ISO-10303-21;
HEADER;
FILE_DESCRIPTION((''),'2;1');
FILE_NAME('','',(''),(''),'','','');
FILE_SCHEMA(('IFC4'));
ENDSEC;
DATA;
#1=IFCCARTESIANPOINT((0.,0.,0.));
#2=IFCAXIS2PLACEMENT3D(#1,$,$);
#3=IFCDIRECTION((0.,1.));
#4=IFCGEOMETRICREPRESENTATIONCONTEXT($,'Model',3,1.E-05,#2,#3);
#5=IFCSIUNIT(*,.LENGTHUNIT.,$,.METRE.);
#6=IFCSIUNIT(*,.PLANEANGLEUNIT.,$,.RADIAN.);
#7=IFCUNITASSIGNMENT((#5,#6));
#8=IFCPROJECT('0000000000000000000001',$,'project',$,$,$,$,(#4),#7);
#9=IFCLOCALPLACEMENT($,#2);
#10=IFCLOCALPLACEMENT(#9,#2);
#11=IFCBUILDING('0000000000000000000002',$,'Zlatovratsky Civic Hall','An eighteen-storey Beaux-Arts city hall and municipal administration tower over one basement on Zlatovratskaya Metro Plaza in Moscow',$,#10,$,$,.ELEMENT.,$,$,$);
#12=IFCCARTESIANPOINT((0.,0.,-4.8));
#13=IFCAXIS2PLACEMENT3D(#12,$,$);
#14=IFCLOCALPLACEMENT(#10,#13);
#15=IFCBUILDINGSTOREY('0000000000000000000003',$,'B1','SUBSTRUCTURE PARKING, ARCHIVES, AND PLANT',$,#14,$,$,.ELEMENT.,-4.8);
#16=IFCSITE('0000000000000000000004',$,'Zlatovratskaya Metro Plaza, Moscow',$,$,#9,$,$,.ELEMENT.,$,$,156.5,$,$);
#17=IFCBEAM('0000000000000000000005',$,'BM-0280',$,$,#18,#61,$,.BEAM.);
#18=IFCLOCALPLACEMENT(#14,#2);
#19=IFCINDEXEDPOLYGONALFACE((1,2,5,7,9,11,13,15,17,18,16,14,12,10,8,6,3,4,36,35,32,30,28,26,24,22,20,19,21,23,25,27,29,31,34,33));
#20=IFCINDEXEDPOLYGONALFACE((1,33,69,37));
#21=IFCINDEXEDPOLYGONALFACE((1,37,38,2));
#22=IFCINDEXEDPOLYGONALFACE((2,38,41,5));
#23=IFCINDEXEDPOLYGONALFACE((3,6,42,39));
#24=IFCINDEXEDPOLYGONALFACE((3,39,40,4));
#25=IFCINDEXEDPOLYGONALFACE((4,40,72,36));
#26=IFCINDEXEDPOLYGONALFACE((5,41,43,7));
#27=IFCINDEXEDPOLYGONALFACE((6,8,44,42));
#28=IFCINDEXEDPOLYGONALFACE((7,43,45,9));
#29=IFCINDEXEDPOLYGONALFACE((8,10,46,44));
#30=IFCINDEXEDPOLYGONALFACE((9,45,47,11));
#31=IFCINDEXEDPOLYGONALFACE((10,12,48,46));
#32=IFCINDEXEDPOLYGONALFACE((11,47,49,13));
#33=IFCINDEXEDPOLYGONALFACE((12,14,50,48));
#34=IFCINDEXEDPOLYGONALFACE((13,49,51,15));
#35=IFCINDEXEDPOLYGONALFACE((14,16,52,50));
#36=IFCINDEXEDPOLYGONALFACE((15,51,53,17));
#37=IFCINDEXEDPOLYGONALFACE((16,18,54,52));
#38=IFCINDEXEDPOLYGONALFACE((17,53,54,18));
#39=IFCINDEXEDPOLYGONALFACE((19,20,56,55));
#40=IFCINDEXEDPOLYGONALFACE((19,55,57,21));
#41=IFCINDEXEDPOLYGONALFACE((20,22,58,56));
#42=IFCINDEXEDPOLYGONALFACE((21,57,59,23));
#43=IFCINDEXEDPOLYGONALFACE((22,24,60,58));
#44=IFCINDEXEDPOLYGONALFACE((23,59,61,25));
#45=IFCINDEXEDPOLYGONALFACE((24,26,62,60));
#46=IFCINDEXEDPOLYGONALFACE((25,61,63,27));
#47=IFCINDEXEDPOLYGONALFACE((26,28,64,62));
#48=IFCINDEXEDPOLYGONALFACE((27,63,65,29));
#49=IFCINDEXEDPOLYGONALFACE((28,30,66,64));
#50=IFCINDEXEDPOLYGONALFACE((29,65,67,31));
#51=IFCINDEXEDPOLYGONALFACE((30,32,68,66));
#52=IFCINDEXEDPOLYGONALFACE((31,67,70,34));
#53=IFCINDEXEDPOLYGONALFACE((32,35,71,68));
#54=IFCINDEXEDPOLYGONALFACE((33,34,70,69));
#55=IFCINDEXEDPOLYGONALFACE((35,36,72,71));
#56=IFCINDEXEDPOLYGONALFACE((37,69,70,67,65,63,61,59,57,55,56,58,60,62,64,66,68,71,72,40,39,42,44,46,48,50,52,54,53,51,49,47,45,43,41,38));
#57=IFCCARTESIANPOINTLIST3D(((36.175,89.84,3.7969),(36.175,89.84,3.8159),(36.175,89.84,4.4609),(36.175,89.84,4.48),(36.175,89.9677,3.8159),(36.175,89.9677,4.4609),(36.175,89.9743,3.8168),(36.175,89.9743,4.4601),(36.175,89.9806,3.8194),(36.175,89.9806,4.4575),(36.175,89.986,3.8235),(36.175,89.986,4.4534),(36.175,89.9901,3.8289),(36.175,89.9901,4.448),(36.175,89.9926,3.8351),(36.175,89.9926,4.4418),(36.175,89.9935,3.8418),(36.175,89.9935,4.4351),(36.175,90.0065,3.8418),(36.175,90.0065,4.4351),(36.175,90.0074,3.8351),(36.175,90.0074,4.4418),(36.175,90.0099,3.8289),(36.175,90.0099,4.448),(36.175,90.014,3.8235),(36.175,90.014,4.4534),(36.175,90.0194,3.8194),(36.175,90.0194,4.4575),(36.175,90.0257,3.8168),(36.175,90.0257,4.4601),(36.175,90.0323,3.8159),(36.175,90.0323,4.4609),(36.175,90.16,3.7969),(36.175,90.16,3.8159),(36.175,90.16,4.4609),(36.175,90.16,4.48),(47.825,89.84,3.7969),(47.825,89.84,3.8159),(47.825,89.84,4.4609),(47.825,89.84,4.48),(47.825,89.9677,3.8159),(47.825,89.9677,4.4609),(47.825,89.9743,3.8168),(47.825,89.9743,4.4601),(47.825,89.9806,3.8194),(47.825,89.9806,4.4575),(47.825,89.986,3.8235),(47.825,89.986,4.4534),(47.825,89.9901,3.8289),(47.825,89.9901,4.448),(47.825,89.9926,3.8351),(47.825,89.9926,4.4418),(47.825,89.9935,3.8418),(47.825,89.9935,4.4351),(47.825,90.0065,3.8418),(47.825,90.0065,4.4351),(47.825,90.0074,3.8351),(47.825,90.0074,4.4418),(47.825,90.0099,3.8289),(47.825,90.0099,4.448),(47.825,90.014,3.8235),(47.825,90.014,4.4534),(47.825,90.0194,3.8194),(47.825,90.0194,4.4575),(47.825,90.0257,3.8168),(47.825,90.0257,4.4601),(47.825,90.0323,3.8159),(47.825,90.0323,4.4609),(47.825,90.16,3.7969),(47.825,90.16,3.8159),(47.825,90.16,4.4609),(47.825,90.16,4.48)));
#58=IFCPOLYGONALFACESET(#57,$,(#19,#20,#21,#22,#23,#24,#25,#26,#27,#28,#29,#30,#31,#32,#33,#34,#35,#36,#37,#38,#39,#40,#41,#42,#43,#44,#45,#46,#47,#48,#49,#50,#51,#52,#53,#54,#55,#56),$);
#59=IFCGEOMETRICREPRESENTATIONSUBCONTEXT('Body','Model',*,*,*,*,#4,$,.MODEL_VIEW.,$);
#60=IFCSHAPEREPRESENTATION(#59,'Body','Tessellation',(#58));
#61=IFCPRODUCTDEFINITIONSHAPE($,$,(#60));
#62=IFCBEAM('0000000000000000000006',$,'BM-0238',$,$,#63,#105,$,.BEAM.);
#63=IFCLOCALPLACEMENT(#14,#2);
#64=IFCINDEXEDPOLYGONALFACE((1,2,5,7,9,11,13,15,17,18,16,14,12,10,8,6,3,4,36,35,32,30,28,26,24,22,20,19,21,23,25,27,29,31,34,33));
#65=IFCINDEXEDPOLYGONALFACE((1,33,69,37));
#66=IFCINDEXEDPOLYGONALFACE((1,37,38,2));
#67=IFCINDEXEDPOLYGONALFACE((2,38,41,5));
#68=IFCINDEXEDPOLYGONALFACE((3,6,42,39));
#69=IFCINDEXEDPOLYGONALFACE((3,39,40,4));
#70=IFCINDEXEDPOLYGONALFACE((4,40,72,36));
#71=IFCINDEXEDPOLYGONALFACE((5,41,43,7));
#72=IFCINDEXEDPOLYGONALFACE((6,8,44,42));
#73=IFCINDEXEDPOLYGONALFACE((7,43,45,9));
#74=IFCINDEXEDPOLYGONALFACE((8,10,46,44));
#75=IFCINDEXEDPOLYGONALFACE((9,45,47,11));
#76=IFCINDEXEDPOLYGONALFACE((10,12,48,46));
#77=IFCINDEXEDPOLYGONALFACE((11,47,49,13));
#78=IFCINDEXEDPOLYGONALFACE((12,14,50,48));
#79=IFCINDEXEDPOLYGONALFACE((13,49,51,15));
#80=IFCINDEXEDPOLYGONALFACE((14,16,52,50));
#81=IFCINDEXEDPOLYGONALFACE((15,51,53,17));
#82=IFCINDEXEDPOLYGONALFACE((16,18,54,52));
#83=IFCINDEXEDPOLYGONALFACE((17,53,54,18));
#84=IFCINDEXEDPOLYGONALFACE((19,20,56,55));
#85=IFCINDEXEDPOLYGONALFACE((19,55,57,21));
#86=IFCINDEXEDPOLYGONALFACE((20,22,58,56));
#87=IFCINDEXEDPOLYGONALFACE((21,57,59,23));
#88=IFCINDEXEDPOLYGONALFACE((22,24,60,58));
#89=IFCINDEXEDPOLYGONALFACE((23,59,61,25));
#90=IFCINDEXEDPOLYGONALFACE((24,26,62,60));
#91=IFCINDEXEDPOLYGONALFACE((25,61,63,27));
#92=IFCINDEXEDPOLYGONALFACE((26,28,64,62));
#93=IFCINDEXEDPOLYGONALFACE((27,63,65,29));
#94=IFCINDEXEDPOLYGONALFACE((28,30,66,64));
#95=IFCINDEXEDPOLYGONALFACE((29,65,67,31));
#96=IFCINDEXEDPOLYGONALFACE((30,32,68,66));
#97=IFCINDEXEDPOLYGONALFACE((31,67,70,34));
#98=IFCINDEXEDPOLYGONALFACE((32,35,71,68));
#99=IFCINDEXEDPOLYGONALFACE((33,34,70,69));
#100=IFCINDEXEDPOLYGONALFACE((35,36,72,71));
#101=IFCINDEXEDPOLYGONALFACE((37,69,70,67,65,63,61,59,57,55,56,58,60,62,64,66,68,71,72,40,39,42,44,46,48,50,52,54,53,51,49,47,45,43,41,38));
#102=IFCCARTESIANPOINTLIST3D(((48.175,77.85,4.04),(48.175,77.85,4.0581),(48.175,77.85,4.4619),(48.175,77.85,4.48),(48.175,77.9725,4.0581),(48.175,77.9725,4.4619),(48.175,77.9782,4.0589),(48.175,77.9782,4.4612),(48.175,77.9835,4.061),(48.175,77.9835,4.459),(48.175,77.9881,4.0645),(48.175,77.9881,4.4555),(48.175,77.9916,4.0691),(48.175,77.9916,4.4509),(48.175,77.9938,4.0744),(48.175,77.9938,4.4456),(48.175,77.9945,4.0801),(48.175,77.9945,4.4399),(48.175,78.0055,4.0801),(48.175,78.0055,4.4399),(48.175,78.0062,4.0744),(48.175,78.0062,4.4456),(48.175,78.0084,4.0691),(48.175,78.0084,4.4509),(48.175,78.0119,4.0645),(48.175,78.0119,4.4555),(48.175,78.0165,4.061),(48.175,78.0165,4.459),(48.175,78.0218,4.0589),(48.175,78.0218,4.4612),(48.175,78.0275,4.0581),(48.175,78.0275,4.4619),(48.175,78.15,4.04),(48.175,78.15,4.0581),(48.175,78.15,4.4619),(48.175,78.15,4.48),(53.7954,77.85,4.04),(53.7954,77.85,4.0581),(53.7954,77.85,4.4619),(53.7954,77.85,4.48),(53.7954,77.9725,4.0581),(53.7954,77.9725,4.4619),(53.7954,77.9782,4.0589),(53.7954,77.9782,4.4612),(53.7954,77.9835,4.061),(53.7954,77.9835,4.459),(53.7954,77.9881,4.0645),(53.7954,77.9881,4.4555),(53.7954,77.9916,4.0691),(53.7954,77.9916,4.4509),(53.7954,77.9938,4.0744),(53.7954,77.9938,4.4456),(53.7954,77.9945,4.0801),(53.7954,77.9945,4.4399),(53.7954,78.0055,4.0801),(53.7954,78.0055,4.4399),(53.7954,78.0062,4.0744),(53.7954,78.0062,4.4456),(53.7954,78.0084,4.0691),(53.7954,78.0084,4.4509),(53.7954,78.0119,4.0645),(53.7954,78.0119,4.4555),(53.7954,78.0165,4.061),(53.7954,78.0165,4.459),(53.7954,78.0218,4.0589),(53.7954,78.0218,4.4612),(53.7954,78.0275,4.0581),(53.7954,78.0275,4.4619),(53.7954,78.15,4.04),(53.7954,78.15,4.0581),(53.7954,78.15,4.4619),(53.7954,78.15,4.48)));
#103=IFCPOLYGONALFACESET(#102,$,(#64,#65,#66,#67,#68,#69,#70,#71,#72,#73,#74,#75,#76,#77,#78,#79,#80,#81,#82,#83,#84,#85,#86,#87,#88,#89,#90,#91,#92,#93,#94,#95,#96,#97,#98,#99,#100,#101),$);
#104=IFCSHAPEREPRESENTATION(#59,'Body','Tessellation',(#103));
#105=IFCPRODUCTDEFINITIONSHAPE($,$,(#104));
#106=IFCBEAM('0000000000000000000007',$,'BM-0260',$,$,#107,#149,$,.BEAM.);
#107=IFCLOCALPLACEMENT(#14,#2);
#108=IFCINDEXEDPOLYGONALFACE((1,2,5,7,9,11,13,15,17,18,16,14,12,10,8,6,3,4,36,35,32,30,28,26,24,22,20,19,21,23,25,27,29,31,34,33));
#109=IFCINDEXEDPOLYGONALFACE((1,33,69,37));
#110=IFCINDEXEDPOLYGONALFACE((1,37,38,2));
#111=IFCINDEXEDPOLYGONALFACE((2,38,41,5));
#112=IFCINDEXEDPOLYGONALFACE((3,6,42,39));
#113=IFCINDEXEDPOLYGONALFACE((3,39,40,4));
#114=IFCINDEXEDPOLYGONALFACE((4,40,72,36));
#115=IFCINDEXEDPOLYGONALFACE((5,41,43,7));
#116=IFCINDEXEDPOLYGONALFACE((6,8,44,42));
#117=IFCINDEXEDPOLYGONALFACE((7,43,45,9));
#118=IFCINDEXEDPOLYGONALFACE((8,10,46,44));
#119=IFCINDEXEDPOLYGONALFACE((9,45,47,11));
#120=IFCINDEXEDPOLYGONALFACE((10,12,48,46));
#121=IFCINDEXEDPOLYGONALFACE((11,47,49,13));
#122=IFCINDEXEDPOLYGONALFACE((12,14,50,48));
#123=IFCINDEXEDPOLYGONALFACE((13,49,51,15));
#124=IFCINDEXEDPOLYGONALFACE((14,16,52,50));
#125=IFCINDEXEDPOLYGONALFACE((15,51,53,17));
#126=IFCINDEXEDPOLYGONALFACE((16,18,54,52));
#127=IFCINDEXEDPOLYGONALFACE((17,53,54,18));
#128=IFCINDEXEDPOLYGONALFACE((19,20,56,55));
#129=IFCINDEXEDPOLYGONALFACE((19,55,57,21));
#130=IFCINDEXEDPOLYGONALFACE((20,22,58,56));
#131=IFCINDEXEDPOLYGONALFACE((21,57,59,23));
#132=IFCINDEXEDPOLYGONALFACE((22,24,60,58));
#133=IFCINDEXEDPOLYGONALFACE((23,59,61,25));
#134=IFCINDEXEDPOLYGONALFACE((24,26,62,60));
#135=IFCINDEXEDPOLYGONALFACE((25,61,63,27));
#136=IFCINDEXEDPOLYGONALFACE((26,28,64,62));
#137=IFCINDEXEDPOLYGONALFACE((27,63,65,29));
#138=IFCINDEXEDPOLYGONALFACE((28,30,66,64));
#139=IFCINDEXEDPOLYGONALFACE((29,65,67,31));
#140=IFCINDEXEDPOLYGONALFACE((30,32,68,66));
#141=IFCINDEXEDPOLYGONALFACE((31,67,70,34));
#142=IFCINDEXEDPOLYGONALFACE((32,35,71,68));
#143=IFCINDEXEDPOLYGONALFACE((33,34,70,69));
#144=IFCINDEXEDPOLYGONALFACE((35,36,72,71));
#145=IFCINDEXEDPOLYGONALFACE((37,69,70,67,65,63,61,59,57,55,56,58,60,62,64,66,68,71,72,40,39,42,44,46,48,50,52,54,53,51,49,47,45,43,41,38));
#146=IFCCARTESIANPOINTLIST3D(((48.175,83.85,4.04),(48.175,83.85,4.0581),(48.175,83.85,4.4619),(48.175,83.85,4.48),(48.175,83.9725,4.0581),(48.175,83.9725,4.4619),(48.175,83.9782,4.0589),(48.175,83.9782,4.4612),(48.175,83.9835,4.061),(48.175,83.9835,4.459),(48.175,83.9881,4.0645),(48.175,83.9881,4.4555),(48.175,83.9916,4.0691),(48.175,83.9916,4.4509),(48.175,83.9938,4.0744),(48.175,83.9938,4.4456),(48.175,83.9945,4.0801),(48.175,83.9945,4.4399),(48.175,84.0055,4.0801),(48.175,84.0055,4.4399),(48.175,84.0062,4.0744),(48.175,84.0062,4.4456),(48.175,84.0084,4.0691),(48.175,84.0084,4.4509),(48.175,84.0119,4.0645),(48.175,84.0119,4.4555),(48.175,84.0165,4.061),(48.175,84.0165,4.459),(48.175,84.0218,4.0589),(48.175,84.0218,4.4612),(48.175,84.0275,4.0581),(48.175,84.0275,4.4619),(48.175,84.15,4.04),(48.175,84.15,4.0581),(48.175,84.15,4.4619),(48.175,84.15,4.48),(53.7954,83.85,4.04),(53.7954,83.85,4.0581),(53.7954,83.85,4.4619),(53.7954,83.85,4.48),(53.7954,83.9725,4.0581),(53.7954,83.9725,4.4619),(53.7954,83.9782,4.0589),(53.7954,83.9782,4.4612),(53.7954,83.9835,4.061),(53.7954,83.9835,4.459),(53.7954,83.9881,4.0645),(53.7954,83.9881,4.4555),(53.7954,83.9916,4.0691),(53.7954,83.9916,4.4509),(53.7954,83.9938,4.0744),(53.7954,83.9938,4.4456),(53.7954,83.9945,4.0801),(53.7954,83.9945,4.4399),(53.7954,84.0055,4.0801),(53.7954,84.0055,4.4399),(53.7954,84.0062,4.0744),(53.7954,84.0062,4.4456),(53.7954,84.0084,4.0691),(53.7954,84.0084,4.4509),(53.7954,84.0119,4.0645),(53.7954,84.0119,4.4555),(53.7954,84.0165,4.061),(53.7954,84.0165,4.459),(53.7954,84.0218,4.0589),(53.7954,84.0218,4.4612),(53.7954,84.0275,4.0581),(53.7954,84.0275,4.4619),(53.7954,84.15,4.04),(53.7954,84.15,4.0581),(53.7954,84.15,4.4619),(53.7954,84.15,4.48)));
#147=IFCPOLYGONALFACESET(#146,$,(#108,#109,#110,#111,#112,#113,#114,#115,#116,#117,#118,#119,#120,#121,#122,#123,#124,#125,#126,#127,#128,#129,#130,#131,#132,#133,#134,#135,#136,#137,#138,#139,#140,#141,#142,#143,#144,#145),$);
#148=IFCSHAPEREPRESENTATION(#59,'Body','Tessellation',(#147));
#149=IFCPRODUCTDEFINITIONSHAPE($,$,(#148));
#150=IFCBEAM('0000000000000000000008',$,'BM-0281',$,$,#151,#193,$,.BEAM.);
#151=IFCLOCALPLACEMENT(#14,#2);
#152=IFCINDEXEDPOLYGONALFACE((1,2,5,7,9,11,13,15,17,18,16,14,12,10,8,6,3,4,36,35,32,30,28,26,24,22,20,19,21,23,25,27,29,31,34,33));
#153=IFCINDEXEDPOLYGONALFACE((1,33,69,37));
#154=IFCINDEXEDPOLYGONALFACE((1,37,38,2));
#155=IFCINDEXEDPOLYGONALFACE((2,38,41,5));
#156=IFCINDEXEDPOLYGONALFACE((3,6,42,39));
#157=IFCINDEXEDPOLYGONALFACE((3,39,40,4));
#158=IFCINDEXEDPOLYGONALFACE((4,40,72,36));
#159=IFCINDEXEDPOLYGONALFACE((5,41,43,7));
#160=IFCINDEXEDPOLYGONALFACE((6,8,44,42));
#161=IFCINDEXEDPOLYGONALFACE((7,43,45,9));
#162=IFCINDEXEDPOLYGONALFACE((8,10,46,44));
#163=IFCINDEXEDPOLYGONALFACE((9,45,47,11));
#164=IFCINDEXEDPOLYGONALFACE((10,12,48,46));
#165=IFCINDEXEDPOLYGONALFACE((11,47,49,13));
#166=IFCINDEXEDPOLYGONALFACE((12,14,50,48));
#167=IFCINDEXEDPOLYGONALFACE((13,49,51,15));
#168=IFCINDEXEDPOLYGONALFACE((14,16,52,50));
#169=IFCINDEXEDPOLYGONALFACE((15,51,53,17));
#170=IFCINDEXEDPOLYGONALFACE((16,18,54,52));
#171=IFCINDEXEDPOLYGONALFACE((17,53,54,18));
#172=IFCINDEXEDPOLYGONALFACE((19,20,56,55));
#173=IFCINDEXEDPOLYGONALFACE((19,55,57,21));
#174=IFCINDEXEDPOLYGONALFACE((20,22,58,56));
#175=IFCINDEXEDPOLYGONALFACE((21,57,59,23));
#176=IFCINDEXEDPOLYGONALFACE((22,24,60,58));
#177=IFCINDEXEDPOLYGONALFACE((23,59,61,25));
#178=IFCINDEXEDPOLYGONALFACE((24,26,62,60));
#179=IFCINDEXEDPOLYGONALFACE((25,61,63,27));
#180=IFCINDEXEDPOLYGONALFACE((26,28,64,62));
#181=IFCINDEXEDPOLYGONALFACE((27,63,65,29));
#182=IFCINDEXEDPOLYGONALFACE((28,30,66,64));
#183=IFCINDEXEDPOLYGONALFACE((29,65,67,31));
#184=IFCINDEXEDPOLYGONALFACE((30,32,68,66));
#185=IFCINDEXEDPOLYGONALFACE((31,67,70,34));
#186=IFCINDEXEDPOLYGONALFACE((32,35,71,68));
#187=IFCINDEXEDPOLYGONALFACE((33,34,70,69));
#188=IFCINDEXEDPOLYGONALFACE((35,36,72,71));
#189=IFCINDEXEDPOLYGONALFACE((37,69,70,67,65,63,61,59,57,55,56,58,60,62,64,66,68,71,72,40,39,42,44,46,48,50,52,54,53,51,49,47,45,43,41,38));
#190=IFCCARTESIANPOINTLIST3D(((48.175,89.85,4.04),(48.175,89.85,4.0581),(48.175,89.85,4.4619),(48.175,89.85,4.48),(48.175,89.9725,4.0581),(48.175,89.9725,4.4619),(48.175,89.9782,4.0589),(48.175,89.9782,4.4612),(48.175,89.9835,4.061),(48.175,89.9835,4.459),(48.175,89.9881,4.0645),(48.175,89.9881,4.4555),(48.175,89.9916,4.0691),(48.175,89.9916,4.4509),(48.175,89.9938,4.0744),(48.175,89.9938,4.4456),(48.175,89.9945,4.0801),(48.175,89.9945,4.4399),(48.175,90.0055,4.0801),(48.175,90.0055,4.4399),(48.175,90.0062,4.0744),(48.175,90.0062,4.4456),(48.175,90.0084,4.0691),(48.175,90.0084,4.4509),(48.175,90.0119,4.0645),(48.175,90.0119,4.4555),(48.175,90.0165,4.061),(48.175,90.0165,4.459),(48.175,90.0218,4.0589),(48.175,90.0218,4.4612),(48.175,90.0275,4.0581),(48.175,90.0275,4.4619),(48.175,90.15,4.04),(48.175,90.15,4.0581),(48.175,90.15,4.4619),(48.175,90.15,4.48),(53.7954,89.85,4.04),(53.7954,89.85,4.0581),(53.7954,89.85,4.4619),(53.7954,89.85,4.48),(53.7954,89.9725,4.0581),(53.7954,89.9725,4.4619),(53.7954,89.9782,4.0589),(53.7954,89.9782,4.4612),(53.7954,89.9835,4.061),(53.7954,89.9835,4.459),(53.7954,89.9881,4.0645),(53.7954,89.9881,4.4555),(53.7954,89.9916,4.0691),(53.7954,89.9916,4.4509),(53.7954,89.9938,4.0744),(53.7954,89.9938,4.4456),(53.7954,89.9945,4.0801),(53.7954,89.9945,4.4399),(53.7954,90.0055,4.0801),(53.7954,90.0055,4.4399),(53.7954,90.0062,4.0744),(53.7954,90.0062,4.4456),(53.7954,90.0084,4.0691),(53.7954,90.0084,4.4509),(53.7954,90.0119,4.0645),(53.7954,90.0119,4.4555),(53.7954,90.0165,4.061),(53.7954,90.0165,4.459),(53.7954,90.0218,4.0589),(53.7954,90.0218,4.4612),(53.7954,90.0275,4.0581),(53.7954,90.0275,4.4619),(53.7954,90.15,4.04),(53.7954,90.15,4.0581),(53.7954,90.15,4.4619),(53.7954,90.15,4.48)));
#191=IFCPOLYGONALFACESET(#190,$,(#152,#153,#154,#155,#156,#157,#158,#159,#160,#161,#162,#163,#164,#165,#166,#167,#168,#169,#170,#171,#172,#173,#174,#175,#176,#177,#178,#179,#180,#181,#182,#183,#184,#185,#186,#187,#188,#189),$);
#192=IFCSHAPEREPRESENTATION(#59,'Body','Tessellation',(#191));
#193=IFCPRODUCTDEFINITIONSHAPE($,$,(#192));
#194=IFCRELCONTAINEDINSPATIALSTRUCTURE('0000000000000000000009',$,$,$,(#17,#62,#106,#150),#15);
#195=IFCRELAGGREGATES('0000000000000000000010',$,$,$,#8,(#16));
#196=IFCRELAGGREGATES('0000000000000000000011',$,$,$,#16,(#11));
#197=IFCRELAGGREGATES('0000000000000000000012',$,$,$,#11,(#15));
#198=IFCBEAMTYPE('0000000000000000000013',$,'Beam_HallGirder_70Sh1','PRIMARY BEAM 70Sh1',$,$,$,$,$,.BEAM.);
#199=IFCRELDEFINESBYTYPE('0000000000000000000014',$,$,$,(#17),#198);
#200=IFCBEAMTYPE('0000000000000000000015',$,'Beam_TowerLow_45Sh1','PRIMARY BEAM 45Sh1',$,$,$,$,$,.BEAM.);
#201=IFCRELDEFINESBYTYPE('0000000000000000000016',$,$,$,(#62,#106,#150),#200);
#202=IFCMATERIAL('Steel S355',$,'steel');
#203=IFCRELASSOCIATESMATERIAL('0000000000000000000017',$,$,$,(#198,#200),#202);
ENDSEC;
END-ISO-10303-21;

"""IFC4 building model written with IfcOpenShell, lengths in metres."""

from ifc_helpers import new_model, si_unit, direction, frame, origin, origin_2d, place, context, subcontext, project, spatial, i_section, extrude, material, material_profile, profile_set, type_object, element, save


model = new_model("IFC4")

# Units and contexts
model_context = context("Model", 3, precision=1e-05, world=origin(), true_north=direction((0.0, 1.0)))
body_context = subcontext(model_context, "Body", "Model", "MODEL_VIEW")
ifc_project = project(units=[si_unit("LENGTHUNIT", "METRE"), si_unit("PLANEANGLEUNIT", "RADIAN")], contexts=[model_context])

# Site, building, storey
site_placement = place(None, origin())
site = spatial("IfcSite", under=ifc_project, at=site_placement, Name="Zlatovratskaya Metro Plaza, Moscow", CompositionType="ELEMENT", RefElevation=156.5)
building_placement = place(site_placement, origin())
building = spatial("IfcBuilding", under=site, at=building_placement, Name="Zlatovratsky Civic Hall", Description="An eighteen-storey Beaux-Arts city hall and municipal administration tower over one basement on Zlatovratskaya Metro Plaza in Moscow", CompositionType="ELEMENT")
storey_placement = place(building_placement, frame((0.0, 0.0, -4.8)))
storey = spatial("IfcBuildingStorey", under=building, at=storey_placement, Name="B1", Description="SUBSTRUCTURE PARKING, ARCHIVES, AND PLANT", CompositionType="ELEMENT", Elevation=-4.8)

# Shared definitions
ifc_material_1 = material(Name="Steel S355", Category="steel")

# Beams
ifc_material_profile_1 = material_profile(ifc_material_1, i_section(OverallWidth=0.3201, OverallDepth=0.6831, WebThickness=0.0129, FlangeThickness=0.019, FilletRadius=0.0259, at=origin_2d()), Name="70Sh1")
ifc_profile_set_1 = profile_set([ifc_material_profile_1], Name="Steel S355")
beam_type_1 = type_object("IfcBeamType", Name="Beam_HallGirder_70Sh1", Description="PRIMARY BEAM 70Sh1", PredefinedType="BEAM", material=ifc_profile_set_1)
for number, where, z_axis, x_axis, name in (
    (1, (36.175, 90.0, 4.1384), (1.0, 0.0, 0.0), (0.0, 1.0, 0.0), "BM-0280"),
):
    element("IfcBeam", number, at=place(storey_placement, frame(where, z_axis=z_axis, x_axis=x_axis)), inside=storey, type_object=beam_type_1, Name=name, PredefinedType="BEAM", context=body_context, shape_type="SweptSolid", body=[
        extrude(i_section(OverallWidth=0.3201, OverallDepth=0.6831, WebThickness=0.0129, FlangeThickness=0.019, FilletRadius=0.0259, at=origin_2d()), origin(), (0.0, 0.0, 1.0), 11.6499),
    ])
ifc_material_profile_2 = material_profile(ifc_material_1, i_section(OverallWidth=0.3, OverallDepth=0.4399, WebThickness=0.011, FlangeThickness=0.0181, FilletRadius=0.022, at=origin_2d()), Name="45Sh1")
ifc_profile_set_2 = profile_set([ifc_material_profile_2], Name="Steel S355")
beam_type_2 = type_object("IfcBeamType", Name="Beam_TowerLow_45Sh1", Description="PRIMARY BEAM 45Sh1", PredefinedType="BEAM", material=ifc_profile_set_2)
for number, where, z_axis, x_axis, name in (
    (2, (48.175, 78.0, 4.26), (1.0, 0.0, 0.0), (0.0, 1.0, 0.0), "BM-0238"),
    (3, (48.175, 84.0, 4.26), (1.0, 0.0, 0.0), (0.0, 1.0, 0.0), "BM-0260"),
    (4, (48.175, 90.0, 4.26), (1.0, 0.0, 0.0), (0.0, 1.0, 0.0), "BM-0281"),
):
    element("IfcBeam", number, at=place(storey_placement, frame(where, z_axis=z_axis, x_axis=x_axis)), inside=storey, type_object=beam_type_2, Name=name, PredefinedType="BEAM", context=body_context, shape_type="SweptSolid", body=[
        extrude(i_section(OverallWidth=0.3, OverallDepth=0.4399, WebThickness=0.011, FlangeThickness=0.0181, FilletRadius=0.022, at=origin_2d()), origin(), (0.0, 0.0, 1.0), 5.6204),
    ])

save(model, "model.ifc")
